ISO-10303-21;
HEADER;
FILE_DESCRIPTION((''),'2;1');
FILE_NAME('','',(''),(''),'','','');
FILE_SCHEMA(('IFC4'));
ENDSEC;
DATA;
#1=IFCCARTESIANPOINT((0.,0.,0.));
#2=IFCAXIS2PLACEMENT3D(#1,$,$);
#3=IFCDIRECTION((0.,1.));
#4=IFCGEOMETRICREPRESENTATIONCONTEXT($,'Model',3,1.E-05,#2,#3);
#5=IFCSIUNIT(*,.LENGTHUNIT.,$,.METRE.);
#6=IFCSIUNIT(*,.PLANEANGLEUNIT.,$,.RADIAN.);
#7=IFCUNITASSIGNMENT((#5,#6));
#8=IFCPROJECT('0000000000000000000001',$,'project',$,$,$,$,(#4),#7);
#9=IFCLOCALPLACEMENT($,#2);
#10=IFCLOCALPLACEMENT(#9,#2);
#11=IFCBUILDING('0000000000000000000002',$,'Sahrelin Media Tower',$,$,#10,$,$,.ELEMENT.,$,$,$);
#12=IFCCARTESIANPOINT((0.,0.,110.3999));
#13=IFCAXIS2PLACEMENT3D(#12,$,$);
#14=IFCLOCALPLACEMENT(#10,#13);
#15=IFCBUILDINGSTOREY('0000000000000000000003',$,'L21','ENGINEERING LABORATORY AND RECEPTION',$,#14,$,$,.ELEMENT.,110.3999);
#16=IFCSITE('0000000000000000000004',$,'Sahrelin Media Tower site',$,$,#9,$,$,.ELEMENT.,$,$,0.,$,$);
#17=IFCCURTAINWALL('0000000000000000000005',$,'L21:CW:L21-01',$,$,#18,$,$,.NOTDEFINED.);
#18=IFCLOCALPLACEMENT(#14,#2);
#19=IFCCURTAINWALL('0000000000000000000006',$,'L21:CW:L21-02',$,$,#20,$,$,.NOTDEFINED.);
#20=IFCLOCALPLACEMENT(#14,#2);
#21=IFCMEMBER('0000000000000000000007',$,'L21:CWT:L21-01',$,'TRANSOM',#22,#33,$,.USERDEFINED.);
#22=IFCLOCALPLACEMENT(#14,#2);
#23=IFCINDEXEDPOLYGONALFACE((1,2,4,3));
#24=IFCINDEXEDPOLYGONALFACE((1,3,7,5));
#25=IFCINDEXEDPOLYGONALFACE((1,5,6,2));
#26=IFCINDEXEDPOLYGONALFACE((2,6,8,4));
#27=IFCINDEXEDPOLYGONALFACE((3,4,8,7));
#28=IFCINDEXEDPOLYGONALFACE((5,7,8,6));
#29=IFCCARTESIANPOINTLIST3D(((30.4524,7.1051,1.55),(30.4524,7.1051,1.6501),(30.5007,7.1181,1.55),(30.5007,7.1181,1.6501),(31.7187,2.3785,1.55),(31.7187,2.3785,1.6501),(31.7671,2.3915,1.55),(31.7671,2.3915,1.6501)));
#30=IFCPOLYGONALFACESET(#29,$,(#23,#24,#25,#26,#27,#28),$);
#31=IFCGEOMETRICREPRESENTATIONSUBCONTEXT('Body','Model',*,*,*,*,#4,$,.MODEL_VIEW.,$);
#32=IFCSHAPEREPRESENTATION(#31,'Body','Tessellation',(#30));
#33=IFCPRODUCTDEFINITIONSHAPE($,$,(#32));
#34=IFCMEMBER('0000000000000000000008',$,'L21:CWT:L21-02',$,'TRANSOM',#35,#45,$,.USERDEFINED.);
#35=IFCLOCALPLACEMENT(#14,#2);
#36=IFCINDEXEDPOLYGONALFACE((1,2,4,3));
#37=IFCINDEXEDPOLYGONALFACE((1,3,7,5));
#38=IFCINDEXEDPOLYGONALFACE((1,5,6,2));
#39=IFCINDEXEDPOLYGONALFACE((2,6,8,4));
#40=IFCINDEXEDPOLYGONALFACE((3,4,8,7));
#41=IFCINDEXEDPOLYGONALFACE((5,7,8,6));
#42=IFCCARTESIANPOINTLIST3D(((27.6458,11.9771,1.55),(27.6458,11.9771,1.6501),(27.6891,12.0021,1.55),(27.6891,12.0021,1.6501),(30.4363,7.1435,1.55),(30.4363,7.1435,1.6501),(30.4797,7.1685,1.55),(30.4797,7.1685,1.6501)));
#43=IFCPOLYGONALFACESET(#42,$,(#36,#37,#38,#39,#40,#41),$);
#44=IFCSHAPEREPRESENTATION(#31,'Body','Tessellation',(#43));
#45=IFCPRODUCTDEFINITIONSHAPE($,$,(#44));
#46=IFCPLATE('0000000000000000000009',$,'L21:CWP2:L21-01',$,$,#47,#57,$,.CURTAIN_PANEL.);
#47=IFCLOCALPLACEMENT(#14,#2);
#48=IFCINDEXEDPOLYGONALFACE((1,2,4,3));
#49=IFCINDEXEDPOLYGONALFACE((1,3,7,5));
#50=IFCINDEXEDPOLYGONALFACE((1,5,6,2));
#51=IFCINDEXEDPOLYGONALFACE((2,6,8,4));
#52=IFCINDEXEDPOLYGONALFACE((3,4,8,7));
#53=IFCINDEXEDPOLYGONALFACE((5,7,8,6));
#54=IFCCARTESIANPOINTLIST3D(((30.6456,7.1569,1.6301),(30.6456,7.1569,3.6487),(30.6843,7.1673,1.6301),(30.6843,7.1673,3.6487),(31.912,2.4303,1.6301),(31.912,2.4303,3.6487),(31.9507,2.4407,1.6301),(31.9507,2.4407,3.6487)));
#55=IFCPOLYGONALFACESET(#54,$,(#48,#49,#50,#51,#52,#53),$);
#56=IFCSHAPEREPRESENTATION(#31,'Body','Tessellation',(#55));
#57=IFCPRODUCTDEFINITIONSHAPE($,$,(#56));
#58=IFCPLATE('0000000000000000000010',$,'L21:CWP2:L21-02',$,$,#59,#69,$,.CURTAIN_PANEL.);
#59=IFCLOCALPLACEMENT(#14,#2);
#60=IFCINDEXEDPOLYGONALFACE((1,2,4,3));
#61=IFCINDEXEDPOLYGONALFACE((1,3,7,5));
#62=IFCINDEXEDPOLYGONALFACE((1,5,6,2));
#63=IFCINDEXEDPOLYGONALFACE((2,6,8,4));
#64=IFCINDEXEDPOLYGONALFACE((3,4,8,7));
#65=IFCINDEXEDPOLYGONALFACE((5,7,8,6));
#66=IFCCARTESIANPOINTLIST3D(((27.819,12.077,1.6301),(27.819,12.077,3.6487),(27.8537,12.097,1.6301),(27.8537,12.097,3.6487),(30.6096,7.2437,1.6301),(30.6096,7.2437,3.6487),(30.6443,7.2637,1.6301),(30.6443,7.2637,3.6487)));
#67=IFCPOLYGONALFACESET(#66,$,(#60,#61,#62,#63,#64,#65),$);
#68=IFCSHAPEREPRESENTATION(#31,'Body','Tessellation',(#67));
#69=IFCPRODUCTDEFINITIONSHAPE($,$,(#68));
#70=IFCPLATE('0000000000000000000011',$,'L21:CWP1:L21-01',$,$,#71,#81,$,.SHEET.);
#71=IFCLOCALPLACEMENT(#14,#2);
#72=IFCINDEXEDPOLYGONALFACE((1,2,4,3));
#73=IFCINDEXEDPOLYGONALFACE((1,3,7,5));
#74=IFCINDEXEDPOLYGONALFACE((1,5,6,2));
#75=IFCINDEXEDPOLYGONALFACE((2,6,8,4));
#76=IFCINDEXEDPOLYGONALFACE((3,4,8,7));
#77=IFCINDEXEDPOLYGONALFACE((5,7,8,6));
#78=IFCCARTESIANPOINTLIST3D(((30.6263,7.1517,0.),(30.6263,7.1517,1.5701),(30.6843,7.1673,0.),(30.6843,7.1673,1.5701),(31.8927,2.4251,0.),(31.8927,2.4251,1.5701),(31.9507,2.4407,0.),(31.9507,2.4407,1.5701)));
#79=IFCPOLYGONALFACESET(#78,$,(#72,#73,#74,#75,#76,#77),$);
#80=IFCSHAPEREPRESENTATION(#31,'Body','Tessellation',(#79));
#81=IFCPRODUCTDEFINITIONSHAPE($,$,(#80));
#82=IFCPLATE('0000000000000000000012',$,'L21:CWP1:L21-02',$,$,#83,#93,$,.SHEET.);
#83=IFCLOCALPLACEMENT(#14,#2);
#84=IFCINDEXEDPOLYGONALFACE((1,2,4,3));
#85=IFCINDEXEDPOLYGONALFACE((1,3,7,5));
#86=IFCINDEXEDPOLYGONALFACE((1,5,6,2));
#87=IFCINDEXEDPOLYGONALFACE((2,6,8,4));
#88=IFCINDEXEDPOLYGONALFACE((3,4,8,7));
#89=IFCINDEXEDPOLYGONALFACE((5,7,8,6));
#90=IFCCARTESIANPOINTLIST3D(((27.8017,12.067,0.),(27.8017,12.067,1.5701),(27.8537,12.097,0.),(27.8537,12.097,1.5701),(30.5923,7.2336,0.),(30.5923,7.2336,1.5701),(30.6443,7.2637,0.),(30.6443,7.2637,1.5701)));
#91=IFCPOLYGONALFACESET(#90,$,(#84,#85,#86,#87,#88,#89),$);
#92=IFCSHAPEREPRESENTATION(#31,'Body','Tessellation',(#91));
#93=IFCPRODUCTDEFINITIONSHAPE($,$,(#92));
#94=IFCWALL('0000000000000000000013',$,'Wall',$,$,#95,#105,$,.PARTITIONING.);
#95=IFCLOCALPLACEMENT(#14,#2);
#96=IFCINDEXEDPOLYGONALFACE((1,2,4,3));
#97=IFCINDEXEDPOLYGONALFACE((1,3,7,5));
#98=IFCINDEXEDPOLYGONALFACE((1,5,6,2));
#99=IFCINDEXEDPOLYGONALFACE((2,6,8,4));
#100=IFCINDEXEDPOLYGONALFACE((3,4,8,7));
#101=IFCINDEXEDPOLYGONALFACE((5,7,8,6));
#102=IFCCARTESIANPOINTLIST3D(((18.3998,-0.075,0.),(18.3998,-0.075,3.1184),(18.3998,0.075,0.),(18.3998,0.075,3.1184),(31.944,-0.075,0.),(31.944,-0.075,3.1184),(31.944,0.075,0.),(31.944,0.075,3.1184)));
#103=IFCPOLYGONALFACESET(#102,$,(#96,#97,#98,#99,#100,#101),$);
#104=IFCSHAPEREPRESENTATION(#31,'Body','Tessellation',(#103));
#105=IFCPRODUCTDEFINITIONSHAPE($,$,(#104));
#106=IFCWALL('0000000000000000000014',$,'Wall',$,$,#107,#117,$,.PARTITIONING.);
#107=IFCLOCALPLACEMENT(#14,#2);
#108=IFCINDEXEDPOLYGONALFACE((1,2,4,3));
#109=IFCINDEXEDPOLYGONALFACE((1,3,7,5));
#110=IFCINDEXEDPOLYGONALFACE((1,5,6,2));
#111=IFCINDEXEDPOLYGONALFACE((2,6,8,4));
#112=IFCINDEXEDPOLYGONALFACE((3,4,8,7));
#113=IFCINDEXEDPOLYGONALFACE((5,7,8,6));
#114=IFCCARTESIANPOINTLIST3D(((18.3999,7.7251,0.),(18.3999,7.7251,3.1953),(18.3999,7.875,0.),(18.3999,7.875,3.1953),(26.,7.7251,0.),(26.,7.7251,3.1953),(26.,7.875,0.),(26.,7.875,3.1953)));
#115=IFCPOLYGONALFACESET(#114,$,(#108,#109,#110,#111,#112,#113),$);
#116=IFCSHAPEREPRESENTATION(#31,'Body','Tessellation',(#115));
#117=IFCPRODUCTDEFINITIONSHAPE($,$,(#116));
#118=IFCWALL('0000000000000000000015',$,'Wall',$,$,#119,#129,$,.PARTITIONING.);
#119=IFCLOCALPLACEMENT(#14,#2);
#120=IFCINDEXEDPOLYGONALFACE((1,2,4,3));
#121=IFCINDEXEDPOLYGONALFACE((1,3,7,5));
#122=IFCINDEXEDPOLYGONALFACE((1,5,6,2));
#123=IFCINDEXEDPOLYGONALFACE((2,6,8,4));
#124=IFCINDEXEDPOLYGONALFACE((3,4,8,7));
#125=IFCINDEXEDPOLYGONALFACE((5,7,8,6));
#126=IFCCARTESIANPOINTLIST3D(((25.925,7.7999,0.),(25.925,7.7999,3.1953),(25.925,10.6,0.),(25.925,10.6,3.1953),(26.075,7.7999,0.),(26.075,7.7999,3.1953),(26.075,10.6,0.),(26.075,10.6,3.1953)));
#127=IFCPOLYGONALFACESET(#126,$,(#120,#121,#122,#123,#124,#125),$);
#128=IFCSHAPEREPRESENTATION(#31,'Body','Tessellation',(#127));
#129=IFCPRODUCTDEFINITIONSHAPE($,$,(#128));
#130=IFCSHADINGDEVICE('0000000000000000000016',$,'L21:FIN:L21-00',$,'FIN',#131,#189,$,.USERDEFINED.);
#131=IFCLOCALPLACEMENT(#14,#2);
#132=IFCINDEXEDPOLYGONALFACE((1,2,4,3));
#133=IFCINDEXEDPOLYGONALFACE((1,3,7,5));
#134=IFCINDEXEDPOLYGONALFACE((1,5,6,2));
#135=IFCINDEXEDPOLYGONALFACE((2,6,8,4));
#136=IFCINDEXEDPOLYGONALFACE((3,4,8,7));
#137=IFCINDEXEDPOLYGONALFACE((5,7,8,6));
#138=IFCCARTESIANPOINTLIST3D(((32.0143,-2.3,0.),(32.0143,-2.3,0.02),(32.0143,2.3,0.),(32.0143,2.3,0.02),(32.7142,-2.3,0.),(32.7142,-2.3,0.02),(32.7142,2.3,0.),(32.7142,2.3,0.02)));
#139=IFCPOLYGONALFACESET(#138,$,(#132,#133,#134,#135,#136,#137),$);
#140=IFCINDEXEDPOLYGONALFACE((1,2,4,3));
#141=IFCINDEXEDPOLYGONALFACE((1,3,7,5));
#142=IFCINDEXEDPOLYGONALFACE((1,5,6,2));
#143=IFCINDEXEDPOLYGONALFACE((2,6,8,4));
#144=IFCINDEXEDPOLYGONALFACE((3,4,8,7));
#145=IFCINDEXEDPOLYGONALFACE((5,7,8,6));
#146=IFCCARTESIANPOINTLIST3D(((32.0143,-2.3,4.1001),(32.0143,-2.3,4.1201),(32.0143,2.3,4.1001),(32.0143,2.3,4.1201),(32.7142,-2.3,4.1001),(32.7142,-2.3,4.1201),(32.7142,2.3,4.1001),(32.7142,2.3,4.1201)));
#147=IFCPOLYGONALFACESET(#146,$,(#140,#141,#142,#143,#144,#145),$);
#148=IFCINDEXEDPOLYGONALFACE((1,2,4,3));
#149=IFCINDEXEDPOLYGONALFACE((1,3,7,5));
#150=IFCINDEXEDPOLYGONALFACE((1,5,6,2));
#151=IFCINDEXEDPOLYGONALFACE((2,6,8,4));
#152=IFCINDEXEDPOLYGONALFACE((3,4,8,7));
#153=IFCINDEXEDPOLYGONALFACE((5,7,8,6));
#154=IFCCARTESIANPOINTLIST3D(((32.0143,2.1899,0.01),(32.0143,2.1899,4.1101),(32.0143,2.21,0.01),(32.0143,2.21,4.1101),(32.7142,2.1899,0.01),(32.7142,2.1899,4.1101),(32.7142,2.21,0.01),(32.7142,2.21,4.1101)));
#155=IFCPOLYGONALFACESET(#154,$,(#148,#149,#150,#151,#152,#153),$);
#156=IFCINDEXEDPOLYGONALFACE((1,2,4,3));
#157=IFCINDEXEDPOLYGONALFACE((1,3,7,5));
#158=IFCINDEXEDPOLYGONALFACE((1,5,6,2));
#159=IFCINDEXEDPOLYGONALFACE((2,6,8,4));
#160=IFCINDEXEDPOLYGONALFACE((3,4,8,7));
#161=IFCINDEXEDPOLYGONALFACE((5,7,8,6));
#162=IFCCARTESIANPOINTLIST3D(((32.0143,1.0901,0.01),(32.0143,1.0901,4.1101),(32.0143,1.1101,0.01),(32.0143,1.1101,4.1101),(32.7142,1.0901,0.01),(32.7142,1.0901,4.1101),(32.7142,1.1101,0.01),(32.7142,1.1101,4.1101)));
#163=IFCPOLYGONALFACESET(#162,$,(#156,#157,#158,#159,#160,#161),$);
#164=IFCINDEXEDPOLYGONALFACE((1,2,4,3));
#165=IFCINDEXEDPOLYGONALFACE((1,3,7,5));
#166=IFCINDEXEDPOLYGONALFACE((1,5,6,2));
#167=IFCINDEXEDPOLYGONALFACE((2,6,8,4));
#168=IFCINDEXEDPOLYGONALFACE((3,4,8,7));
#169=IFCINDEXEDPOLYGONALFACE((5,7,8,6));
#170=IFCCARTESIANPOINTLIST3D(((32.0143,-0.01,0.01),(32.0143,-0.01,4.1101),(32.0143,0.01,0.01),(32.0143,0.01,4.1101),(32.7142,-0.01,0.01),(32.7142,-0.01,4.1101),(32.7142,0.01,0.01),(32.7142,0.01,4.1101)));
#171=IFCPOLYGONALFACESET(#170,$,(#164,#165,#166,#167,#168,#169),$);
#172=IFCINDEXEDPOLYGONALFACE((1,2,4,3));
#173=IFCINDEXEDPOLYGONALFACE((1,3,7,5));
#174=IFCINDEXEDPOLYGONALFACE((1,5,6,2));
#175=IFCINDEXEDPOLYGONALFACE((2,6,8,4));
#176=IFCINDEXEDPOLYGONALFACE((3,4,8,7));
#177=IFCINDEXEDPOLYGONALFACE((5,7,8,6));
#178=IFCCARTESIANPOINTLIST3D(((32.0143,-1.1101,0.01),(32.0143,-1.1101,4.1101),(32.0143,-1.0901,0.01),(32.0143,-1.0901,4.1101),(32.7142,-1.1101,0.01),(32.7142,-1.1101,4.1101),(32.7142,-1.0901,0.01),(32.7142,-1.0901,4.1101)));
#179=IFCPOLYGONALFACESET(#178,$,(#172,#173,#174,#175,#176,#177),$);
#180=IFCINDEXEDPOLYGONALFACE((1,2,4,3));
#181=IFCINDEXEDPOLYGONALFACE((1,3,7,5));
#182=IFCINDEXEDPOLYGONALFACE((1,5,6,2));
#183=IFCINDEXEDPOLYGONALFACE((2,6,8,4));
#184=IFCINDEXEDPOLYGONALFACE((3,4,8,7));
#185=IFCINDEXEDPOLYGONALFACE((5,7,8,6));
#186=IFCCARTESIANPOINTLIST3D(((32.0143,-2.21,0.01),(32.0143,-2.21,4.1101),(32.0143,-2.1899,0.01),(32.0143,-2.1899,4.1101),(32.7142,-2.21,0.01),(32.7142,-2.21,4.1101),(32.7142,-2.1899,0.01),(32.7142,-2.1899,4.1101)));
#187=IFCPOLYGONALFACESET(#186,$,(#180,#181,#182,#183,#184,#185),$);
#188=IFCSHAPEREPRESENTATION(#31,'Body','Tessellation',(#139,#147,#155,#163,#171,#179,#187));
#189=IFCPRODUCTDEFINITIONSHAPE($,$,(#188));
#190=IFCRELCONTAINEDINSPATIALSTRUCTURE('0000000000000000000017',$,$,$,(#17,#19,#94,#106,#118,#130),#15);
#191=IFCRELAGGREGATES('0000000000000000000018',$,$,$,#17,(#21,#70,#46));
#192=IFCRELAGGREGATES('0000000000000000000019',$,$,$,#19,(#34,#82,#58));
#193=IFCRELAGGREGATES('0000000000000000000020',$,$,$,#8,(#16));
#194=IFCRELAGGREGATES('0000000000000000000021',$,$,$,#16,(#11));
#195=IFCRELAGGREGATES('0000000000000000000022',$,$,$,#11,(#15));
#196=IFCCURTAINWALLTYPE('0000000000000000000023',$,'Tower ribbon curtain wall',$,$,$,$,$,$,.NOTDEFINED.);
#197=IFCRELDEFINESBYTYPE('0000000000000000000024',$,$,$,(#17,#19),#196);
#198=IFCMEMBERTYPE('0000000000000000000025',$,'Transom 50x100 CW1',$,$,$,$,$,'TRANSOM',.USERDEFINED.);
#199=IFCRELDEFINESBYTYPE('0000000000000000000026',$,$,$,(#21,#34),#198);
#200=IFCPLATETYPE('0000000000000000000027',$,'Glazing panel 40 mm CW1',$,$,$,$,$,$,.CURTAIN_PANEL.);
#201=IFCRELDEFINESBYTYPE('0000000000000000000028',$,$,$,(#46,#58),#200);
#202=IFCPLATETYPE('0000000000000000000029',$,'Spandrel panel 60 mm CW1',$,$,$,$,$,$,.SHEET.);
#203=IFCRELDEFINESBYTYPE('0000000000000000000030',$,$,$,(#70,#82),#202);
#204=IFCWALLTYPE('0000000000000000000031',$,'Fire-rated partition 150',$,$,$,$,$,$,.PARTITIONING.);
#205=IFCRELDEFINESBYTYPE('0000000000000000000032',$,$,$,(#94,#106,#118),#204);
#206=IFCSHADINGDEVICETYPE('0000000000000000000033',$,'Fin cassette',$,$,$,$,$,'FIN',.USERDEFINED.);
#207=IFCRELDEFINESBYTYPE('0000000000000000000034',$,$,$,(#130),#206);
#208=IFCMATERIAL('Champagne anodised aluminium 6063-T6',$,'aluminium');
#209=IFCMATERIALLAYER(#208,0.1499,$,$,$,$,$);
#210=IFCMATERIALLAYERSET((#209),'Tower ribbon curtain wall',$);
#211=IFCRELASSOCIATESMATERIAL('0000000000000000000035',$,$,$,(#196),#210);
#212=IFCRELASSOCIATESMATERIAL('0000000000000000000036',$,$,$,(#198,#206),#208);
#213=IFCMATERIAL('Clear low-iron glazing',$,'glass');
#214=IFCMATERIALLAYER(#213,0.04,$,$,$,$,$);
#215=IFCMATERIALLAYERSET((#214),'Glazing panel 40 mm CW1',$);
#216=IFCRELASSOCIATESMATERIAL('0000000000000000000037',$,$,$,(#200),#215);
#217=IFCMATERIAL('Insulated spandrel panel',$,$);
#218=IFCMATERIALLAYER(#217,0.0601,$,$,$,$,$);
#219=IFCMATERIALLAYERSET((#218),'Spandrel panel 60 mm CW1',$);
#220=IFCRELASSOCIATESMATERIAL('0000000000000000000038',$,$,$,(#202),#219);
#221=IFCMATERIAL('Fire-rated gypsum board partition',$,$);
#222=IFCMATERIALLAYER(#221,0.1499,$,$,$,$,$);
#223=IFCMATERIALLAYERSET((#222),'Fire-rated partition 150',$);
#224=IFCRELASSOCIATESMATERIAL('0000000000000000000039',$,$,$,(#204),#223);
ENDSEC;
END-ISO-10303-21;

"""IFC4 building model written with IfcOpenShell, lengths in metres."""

from ifc_helpers import new_model, si_unit, direction, frame, frame_2d, origin, origin_2d, place, context, subcontext, project, spatial, polyline, rectangle, outline, extrude, material, layer, layer_set, material_profile, profile_set, type_object, element, aggregate, save


model = new_model("IFC4")

# Units and contexts
model_context = context("Model", 3, precision=1e-05, world=origin(), true_north=direction((0.0, 1.0)))
body_context = subcontext(model_context, "Body", "Model", "MODEL_VIEW")
ifc_project = project(units=[si_unit("LENGTHUNIT", "METRE"), si_unit("PLANEANGLEUNIT", "RADIAN")], contexts=[model_context])

# Site, building, storey
site_placement = place(None, origin())
site = spatial("IfcSite", under=ifc_project, at=site_placement, Name="Sahrelin Media Tower site", CompositionType="ELEMENT", RefElevation=0.0)
building_placement = place(site_placement, origin())
building = spatial("IfcBuilding", under=site, at=building_placement, Name="Sahrelin Media Tower", CompositionType="ELEMENT")
storey_placement = place(building_placement, frame((0.0, 0.0, 110.3999)))
storey = spatial("IfcBuildingStorey", under=building, at=storey_placement, Name="L21", Description="ENGINEERING LABORATORY AND RECEPTION", CompositionType="ELEMENT", Elevation=110.3999)

# Curtain walls
ifc_material_1 = material(Name="Champagne anodised aluminium 6063-T6", Category="aluminium")
ifc_layer_1 = layer(ifc_material_1, 0.1499)
ifc_layer_set_1 = layer_set([ifc_layer_1], Name="Tower ribbon curtain wall")
curtain_wall_type = type_object("IfcCurtainWallType", Name="Tower ribbon curtain wall", PredefinedType="NOTDEFINED", material=ifc_layer_set_1)
curtain_wall_1_placement = place(storey_placement, frame((31.2981, 4.7988, 0.0), z_axis=(0.0, 0.0, 1.0), x_axis=(1.0, 0.0, 0.0)))
curtain_wall_1 = element("IfcCurtainWall", 1, at=curtain_wall_1_placement, inside=storey, type_object=curtain_wall_type, Name="L21:CW:L21-01", PredefinedType="NOTDEFINED")
curtain_wall_2_placement = place(storey_placement, frame((29.2317, 9.6704, 0.0), z_axis=(0.0, 0.0, 1.0), x_axis=(1.0, 0.0, 0.0)))
curtain_wall_2 = element("IfcCurtainWall", 2, at=curtain_wall_2_placement, inside=storey, type_object=curtain_wall_type, Name="L21:CW:L21-02", PredefinedType="NOTDEFINED")

# Members
ifc_material_profile_1 = material_profile(ifc_material_1, rectangle(XDim=0.05, YDim=0.1001, at=origin_2d()), Name="Transom 50x100")
ifc_profile_set_1 = profile_set([ifc_material_profile_1], Name="Champagne anodised aluminium 6063-T6")
member_type_1 = type_object("IfcMemberType", Name="Transom 50x100 CW1", ElementType="TRANSOM", PredefinedType="USERDEFINED", material=ifc_profile_set_1)
member_1_placement = place(storey_placement, frame((31.7429, 2.385, 1.6001), z_axis=(-0.258796, 0.965932, 0.0), x_axis=(-0.965932, -0.258796, 0.0)))
member_1 = element("IfcMember", 3, at=member_1_placement, type_object=member_type_1, Name="L21:CWT:L21-01", ObjectType="TRANSOM", PredefinedType="USERDEFINED", context=body_context, shape_type="SweptSolid", body=[
    extrude(rectangle(XDim=0.05, YDim=0.1001, at=origin_2d()), origin(), (0.0, 0.0, 1.0), 4.8933),
])
member_2_placement = place(storey_placement, frame((30.458, 7.156, 1.6001), z_axis=(-0.499988, 0.866033, 0.0), x_axis=(-0.866033, -0.499988, 0.0)))
member_2 = element("IfcMember", 4, at=member_2_placement, type_object=member_type_1, Name="L21:CWT:L21-02", ObjectType="TRANSOM", PredefinedType="USERDEFINED", context=body_context, shape_type="SweptSolid", body=[
    extrude(rectangle(XDim=0.05, YDim=0.1001, at=origin_2d()), origin(), (0.0, 0.0, 1.0), 5.5813),
])

# Plates
ifc_material_2 = material(Name="Clear low-iron glazing", Category="glass")
ifc_layer_2 = layer(ifc_material_2, 0.04)
ifc_layer_set_2 = layer_set([ifc_layer_2], Name="Glazing panel 40 mm CW1")
plate_type_1 = type_object("IfcPlateType", Name="Glazing panel 40 mm CW1", PredefinedType="CURTAIN_PANEL", material=ifc_layer_set_2)
plate_1_placement = place(storey_placement, frame((31.9507, 2.4407, 1.6301), z_axis=(0.965932, 0.258796, 0.0), x_axis=(-0.258796, 0.965932, 0.0)))
plate_1 = element("IfcPlate", 5, at=plate_1_placement, type_object=plate_type_1, Name="L21:CWP2:L21-01", PredefinedType="CURTAIN_PANEL", context=body_context, shape_type="SweptSolid", body=[
    extrude(outline(polyline([(0.0, 0.0), (4.8933, 0.0), (4.8933, 2.0186), (0.0, 2.0186), (0.0, 0.0)])), origin(), (0.0, 0.0, -1.0), 0.04),
])
plate_2_placement = place(storey_placement, frame((30.6443, 7.2637, 1.6301), z_axis=(0.866022, 0.500006, 0.0), x_axis=(-0.500006, 0.866022, 0.0)))
plate_2 = element("IfcPlate", 6, at=plate_2_placement, type_object=plate_type_1, Name="L21:CWP2:L21-02", PredefinedType="CURTAIN_PANEL", context=body_context, shape_type="SweptSolid", body=[
    extrude(outline(polyline([(0.0, 0.0), (5.5811, 0.0), (5.5811, 2.0186), (0.0, 2.0186), (0.0, 0.0)])), origin(), (0.0, 0.0, -1.0), 0.04),
])
ifc_material_3 = material(Name="Insulated spandrel panel")
ifc_layer_3 = layer(ifc_material_3, 0.0601)
ifc_layer_set_3 = layer_set([ifc_layer_3], Name="Spandrel panel 60 mm CW1")
plate_type_2 = type_object("IfcPlateType", Name="Spandrel panel 60 mm CW1", PredefinedType="SHEET", material=ifc_layer_set_3)
plate_3_placement = place(storey_placement, frame((31.9507, 2.4407, 0.0), z_axis=(0.965932, 0.258796, 0.0), x_axis=(-0.258796, 0.965932, 0.0)))
plate_3 = element("IfcPlate", 7, at=plate_3_placement, type_object=plate_type_2, Name="L21:CWP1:L21-01", PredefinedType="SHEET", context=body_context, shape_type="SweptSolid", body=[
    extrude(outline(polyline([(0.0, 0.0), (4.8933, 0.0), (4.8933, 1.5701), (0.0, 1.5701), (0.0, 0.0)])), origin(), (0.0, 0.0, -1.0), 0.0601),
])
aggregate(curtain_wall_1, [member_1, plate_3, plate_1])
plate_4_placement = place(storey_placement, frame((30.6443, 7.2637, 0.0), z_axis=(0.866022, 0.500006, 0.0), x_axis=(-0.500006, 0.866022, 0.0)))
plate_4 = element("IfcPlate", 8, at=plate_4_placement, type_object=plate_type_2, Name="L21:CWP1:L21-02", PredefinedType="SHEET", context=body_context, shape_type="SweptSolid", body=[
    extrude(outline(polyline([(0.0, 0.0), (5.5811, 0.0), (5.5811, 1.5701), (0.0, 1.5701), (0.0, 0.0)])), origin(), (0.0, 0.0, -1.0), 0.0601),
])
aggregate(curtain_wall_2, [member_2, plate_4, plate_2])

# Walls
ifc_material_4 = material(Name="Fire-rated gypsum board partition")
ifc_layer_4 = layer(ifc_material_4, 0.1499)
ifc_layer_set_4 = layer_set([ifc_layer_4], Name="Fire-rated partition 150")
wall_type = type_object("IfcWallType", Name="Fire-rated partition 150", PredefinedType="PARTITIONING", material=ifc_layer_set_4)
wall_1_placement = place(storey_placement, frame((18.3999, 0.0, 0.0), z_axis=(0.0, 0.0, 1.0), x_axis=(1.0, 0.0, 0.0)))
element("IfcWall", 9, at=wall_1_placement, inside=storey, type_object=wall_type, Name="Wall", PredefinedType="PARTITIONING", context=body_context, shape_type="SweptSolid", body=[
    extrude(rectangle(XDim=13.5442, YDim=0.1499, at=frame_2d((6.772, 0.0))), origin(), (0.0, 0.0, 1.0), 3.1184),
])
wall_2_placement = place(storey_placement, frame((18.3999, 7.8, 0.0), z_axis=(0.0, 0.0, 1.0), x_axis=(1.0, 0.0, 0.0)))
element("IfcWall", 10, at=wall_2_placement, inside=storey, type_object=wall_type, Name="Wall", PredefinedType="PARTITIONING", context=body_context, shape_type="SweptSolid", body=[
    extrude(rectangle(XDim=7.6001, YDim=0.1499, at=frame_2d((3.8, 0.0))), origin(), (0.0, 0.0, 1.0), 3.1953),
])
wall_3_placement = place(storey_placement, frame((26.0, 7.8, 0.0), z_axis=(0.0, 0.0, 1.0), x_axis=(0.0, 1.0, 0.0)))
element("IfcWall", 11, at=wall_3_placement, inside=storey, type_object=wall_type, Name="Wall", PredefinedType="PARTITIONING", context=body_context, shape_type="SweptSolid", body=[
    extrude(rectangle(XDim=2.8, YDim=0.1499, at=frame_2d((1.3999, 0.0))), origin(), (0.0, 0.0, 1.0), 3.1953),
])

# Shading device
shading_device_type_1 = type_object("IfcShadingDeviceType", Name="Fin cassette", ElementType="FIN", PredefinedType="USERDEFINED", material=ifc_material_1)
placement_1 = place(storey_placement, frame((31.9443, 0.0, 0.0), z_axis=(0.0, 0.0, 1.0), x_axis=(0.0, -1.0, 0.0)))
element("IfcShadingDevice", 12, at=placement_1, inside=storey, type_object=shading_device_type_1, Name="L21:FIN:L21-00", ObjectType="FIN", PredefinedType="USERDEFINED", context=body_context, shape_type="SweptSolid", body=[
    extrude(rectangle(XDim=4.6001, YDim=0.7, at=origin_2d()), frame((0.0, 0.4199, 0.0)), (0.0, 0.0, 1.0), 0.02),
    extrude(rectangle(XDim=4.6001, YDim=0.7, at=origin_2d()), frame((0.0, 0.4199, 4.1001)), (0.0, 0.0, 1.0), 0.02),
    extrude(rectangle(XDim=0.02, YDim=0.7, at=origin_2d()), frame((-2.2, 0.4199, 0.01), z_axis=(0.0, 0.0, 1.0), x_axis=(1.0, 0.0, 0.0)), (0.0, 0.0, 1.0), 4.1001),
    extrude(rectangle(XDim=0.02, YDim=0.7, at=origin_2d()), frame((-1.1001, 0.4199, 0.01), z_axis=(0.0, 0.0, 1.0), x_axis=(1.0, 0.0, 0.0)), (0.0, 0.0, 1.0), 4.1001),
    extrude(rectangle(XDim=0.02, YDim=0.7, at=origin_2d()), frame((0.0, 0.4199, 0.01), z_axis=(0.0, 0.0, 1.0), x_axis=(1.0, 0.0, 0.0)), (0.0, 0.0, 1.0), 4.1001),
    extrude(rectangle(XDim=0.02, YDim=0.7, at=origin_2d()), frame((1.1001, 0.4199, 0.01), z_axis=(0.0, 0.0, 1.0), x_axis=(1.0, 0.0, 0.0)), (0.0, 0.0, 1.0), 4.1001),
    extrude(rectangle(XDim=0.02, YDim=0.7, at=origin_2d()), frame((2.2, 0.4199, 0.01), z_axis=(0.0, 0.0, 1.0), x_axis=(1.0, 0.0, 0.0)), (0.0, 0.0, 1.0), 4.1001),
])

save(model, "model.ifc")
